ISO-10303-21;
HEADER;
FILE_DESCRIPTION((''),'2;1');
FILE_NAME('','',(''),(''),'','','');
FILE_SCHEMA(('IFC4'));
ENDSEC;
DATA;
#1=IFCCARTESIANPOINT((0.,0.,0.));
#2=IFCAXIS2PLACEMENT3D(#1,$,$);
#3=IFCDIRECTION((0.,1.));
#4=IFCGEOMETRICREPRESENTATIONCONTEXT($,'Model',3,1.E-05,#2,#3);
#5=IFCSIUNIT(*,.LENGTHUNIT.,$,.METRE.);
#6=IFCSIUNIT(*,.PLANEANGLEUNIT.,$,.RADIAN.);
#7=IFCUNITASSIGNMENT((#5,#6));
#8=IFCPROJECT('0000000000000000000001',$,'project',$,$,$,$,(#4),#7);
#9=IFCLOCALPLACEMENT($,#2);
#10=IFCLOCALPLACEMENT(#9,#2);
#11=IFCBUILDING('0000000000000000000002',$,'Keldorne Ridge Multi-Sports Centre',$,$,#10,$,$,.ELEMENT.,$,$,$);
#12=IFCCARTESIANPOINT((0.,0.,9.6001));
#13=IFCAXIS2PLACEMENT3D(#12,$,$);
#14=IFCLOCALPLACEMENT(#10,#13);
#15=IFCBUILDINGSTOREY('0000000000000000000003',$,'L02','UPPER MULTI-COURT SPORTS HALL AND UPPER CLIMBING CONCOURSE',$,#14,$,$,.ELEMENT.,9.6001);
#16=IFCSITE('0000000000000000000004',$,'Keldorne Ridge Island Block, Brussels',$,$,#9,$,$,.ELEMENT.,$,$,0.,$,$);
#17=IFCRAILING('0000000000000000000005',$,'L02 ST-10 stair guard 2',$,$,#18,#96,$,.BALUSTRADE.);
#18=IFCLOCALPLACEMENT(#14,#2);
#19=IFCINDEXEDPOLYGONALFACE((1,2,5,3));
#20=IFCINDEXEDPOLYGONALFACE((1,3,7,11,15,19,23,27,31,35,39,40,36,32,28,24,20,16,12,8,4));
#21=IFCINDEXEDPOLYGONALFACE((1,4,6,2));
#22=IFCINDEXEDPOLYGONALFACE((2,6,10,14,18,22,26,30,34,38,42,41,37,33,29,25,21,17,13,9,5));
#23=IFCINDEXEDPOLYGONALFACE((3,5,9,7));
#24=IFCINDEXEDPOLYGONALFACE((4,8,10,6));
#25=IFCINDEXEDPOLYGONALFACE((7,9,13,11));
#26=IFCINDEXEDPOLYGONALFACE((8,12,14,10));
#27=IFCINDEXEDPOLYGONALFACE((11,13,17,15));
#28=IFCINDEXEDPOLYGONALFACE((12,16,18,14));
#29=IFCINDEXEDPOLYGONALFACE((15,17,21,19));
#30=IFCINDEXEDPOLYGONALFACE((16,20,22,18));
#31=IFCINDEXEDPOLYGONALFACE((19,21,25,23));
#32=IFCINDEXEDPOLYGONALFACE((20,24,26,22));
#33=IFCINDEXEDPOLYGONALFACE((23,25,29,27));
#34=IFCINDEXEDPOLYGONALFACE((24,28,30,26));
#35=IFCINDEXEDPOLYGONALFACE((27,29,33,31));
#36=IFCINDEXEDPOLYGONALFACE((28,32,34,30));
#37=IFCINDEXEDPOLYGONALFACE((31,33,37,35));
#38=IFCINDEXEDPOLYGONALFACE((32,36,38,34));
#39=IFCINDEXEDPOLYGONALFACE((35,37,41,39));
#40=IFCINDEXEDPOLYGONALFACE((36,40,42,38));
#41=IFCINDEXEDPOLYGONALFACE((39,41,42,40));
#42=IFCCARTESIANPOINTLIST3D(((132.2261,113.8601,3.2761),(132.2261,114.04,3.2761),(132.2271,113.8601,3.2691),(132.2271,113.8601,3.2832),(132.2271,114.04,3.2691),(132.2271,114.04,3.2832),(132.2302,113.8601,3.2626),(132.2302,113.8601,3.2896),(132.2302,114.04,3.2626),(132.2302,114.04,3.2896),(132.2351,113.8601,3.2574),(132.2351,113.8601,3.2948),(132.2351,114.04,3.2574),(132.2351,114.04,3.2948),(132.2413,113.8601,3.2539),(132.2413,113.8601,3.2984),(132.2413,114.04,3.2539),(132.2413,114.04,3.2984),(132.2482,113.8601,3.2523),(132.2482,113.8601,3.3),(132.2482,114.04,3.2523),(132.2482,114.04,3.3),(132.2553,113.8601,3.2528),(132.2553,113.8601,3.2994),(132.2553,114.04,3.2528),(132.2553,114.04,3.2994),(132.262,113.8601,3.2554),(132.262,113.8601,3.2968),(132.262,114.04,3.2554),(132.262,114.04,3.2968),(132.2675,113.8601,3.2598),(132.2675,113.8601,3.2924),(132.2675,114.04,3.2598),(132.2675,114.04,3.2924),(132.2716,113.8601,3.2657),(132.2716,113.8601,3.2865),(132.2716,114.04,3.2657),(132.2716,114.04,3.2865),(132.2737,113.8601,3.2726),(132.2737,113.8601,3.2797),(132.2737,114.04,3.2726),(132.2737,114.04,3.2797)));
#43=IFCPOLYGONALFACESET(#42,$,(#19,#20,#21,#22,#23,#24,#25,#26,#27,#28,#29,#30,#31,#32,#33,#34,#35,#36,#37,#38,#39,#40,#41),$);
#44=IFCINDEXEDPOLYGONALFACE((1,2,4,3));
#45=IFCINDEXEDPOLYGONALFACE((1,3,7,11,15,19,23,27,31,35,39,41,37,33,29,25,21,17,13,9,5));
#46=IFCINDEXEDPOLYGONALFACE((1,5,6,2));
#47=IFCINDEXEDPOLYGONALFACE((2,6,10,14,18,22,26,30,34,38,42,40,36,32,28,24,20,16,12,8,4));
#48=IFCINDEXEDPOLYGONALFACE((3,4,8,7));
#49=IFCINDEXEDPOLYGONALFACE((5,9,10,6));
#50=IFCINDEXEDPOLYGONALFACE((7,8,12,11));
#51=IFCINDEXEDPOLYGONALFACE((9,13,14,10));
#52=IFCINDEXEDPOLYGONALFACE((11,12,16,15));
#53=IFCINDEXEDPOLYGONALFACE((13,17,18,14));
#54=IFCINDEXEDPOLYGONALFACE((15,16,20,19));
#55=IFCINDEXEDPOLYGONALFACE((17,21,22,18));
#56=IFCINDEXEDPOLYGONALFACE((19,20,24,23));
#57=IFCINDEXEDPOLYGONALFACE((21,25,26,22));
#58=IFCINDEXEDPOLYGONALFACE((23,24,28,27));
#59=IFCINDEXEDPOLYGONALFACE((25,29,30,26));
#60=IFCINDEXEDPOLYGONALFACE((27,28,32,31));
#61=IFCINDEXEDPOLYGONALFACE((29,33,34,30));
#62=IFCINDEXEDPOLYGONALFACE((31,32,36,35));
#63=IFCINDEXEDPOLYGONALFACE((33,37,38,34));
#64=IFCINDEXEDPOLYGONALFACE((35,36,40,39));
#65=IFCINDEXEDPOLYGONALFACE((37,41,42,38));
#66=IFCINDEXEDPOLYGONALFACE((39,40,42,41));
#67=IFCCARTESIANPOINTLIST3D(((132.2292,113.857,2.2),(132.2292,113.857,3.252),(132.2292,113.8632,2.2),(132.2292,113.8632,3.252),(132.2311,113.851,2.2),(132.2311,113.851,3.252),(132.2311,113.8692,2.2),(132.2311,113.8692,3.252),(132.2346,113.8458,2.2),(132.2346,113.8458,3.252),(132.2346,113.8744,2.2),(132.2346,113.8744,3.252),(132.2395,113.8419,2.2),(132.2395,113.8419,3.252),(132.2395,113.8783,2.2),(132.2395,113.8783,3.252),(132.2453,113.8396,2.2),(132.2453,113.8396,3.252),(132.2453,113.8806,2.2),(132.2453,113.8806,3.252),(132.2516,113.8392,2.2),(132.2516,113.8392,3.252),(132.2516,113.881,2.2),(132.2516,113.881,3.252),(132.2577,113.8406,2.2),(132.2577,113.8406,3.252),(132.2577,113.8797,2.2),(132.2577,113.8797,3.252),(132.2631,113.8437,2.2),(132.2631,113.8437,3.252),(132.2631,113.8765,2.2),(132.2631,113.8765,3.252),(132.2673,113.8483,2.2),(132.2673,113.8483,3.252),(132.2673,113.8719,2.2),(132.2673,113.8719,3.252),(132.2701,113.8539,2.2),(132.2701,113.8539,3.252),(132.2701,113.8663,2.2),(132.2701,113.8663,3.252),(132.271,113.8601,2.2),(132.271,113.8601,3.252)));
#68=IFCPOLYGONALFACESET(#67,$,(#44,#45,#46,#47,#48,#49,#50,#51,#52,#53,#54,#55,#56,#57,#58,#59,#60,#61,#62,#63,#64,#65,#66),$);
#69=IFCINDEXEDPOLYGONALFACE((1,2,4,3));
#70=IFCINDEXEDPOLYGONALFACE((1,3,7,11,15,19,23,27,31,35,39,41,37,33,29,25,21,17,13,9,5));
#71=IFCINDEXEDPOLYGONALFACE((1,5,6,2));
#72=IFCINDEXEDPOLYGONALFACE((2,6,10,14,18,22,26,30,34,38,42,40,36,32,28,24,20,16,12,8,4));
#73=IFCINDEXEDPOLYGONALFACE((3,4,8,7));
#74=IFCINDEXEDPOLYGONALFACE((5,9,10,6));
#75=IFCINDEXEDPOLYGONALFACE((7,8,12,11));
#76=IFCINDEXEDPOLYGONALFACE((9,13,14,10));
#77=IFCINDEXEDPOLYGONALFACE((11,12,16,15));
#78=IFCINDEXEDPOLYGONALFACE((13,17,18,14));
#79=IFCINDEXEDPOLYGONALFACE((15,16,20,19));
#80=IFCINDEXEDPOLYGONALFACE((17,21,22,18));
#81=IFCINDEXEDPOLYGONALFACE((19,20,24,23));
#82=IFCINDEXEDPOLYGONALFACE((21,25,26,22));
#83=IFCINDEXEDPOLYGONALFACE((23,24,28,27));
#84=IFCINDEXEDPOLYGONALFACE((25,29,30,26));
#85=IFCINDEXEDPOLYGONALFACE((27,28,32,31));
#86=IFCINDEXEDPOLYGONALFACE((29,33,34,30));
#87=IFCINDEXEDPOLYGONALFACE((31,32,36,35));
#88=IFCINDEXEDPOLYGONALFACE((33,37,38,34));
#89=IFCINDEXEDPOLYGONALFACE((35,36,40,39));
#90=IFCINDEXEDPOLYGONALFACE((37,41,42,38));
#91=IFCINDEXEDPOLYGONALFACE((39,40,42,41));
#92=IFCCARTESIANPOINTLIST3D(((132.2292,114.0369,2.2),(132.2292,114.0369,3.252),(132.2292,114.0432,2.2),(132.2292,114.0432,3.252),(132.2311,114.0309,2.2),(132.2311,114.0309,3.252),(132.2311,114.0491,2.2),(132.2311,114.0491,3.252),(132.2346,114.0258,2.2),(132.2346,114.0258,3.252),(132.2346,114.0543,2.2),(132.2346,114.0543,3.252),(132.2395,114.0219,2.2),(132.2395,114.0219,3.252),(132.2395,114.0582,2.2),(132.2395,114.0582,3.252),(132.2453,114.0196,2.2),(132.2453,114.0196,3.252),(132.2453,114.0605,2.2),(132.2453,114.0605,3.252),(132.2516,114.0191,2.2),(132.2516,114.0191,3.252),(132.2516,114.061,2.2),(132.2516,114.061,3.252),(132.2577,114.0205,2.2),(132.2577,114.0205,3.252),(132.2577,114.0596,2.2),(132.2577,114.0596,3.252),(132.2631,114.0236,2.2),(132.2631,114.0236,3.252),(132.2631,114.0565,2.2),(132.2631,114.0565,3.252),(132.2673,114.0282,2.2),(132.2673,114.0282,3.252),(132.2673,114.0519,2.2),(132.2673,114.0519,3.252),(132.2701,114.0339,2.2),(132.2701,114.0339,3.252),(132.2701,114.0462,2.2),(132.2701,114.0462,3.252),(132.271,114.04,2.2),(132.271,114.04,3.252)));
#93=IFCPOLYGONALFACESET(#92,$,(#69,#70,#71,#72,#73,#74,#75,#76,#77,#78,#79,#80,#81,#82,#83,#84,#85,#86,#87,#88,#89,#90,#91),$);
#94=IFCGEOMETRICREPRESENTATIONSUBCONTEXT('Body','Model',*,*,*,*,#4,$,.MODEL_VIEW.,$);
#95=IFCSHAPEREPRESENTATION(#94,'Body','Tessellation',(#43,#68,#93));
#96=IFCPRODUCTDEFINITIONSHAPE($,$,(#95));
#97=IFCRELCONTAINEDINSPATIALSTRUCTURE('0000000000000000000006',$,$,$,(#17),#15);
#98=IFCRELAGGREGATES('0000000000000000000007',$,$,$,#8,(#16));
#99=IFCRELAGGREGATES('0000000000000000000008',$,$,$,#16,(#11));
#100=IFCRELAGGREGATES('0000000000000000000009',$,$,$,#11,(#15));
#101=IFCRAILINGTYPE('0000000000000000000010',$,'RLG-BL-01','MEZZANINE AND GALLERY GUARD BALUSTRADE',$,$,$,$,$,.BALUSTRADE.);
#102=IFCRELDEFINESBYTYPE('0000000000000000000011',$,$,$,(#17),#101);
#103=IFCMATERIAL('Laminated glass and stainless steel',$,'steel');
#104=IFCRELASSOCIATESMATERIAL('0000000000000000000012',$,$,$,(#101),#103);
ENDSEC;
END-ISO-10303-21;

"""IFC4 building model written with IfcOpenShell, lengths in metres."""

from ifc_helpers import new_model, si_unit, direction, frame, origin, origin_2d, place, context, subcontext, project, spatial, circle, extrude, material, type_object, element, save


model = new_model("IFC4")

# Units and contexts
model_context = context("Model", 3, precision=1e-05, world=origin(), true_north=direction((0.0, 1.0)))
body_context = subcontext(model_context, "Body", "Model", "MODEL_VIEW")
ifc_project = project(units=[si_unit("LENGTHUNIT", "METRE"), si_unit("PLANEANGLEUNIT", "RADIAN")], contexts=[model_context])

# Site, building, storey
site_placement = place(None, origin())
site = spatial("IfcSite", under=ifc_project, at=site_placement, Name="Keldorne Ridge Island Block, Brussels", CompositionType="ELEMENT", RefElevation=0.0)
building_placement = place(site_placement, origin())
building = spatial("IfcBuilding", under=site, at=building_placement, Name="Keldorne Ridge Multi-Sports Centre", CompositionType="ELEMENT")
storey_placement = place(building_placement, frame((0.0, 0.0, 9.6001)))
storey = spatial("IfcBuildingStorey", under=building, at=storey_placement, Name="L02", Description="UPPER MULTI-COURT SPORTS HALL AND UPPER CLIMBING CONCOURSE", CompositionType="ELEMENT", Elevation=9.6001)

# Railing
ifc_material_1 = material(Name="Laminated glass and stainless steel", Category="steel")
railing_type_1 = type_object("IfcRailingType", Name="RLG-BL-01", Description="MEZZANINE AND GALLERY GUARD BALUSTRADE", PredefinedType="BALUSTRADE", material=ifc_material_1)
railing_1_placement = place(storey_placement, frame((132.25, 113.8601, 2.2)))
element("IfcRailing", 1, at=railing_1_placement, inside=storey, type_object=railing_type_1, Name="L02 ST-10 stair guard 2", PredefinedType="BALUSTRADE", context=body_context, shape_type="SweptSolid", body=[
    extrude(circle(Radius=0.0239, at=origin_2d()), frame((0.0, 0.0, 1.0762), z_axis=(0.0, 1.0, 0.0), x_axis=(-1.0, 0.0, 0.0)), (0.0, 0.0, 1.0), 0.1799),
    extrude(circle(Radius=0.021, at=origin_2d()), origin(), (0.0, 0.0, 1.0), 1.052),
    extrude(circle(Radius=0.021, at=origin_2d()), frame((0.0, 0.1799, 0.0)), (0.0, 0.0, 1.0), 1.052),
])

save(model, "model.ifc")
